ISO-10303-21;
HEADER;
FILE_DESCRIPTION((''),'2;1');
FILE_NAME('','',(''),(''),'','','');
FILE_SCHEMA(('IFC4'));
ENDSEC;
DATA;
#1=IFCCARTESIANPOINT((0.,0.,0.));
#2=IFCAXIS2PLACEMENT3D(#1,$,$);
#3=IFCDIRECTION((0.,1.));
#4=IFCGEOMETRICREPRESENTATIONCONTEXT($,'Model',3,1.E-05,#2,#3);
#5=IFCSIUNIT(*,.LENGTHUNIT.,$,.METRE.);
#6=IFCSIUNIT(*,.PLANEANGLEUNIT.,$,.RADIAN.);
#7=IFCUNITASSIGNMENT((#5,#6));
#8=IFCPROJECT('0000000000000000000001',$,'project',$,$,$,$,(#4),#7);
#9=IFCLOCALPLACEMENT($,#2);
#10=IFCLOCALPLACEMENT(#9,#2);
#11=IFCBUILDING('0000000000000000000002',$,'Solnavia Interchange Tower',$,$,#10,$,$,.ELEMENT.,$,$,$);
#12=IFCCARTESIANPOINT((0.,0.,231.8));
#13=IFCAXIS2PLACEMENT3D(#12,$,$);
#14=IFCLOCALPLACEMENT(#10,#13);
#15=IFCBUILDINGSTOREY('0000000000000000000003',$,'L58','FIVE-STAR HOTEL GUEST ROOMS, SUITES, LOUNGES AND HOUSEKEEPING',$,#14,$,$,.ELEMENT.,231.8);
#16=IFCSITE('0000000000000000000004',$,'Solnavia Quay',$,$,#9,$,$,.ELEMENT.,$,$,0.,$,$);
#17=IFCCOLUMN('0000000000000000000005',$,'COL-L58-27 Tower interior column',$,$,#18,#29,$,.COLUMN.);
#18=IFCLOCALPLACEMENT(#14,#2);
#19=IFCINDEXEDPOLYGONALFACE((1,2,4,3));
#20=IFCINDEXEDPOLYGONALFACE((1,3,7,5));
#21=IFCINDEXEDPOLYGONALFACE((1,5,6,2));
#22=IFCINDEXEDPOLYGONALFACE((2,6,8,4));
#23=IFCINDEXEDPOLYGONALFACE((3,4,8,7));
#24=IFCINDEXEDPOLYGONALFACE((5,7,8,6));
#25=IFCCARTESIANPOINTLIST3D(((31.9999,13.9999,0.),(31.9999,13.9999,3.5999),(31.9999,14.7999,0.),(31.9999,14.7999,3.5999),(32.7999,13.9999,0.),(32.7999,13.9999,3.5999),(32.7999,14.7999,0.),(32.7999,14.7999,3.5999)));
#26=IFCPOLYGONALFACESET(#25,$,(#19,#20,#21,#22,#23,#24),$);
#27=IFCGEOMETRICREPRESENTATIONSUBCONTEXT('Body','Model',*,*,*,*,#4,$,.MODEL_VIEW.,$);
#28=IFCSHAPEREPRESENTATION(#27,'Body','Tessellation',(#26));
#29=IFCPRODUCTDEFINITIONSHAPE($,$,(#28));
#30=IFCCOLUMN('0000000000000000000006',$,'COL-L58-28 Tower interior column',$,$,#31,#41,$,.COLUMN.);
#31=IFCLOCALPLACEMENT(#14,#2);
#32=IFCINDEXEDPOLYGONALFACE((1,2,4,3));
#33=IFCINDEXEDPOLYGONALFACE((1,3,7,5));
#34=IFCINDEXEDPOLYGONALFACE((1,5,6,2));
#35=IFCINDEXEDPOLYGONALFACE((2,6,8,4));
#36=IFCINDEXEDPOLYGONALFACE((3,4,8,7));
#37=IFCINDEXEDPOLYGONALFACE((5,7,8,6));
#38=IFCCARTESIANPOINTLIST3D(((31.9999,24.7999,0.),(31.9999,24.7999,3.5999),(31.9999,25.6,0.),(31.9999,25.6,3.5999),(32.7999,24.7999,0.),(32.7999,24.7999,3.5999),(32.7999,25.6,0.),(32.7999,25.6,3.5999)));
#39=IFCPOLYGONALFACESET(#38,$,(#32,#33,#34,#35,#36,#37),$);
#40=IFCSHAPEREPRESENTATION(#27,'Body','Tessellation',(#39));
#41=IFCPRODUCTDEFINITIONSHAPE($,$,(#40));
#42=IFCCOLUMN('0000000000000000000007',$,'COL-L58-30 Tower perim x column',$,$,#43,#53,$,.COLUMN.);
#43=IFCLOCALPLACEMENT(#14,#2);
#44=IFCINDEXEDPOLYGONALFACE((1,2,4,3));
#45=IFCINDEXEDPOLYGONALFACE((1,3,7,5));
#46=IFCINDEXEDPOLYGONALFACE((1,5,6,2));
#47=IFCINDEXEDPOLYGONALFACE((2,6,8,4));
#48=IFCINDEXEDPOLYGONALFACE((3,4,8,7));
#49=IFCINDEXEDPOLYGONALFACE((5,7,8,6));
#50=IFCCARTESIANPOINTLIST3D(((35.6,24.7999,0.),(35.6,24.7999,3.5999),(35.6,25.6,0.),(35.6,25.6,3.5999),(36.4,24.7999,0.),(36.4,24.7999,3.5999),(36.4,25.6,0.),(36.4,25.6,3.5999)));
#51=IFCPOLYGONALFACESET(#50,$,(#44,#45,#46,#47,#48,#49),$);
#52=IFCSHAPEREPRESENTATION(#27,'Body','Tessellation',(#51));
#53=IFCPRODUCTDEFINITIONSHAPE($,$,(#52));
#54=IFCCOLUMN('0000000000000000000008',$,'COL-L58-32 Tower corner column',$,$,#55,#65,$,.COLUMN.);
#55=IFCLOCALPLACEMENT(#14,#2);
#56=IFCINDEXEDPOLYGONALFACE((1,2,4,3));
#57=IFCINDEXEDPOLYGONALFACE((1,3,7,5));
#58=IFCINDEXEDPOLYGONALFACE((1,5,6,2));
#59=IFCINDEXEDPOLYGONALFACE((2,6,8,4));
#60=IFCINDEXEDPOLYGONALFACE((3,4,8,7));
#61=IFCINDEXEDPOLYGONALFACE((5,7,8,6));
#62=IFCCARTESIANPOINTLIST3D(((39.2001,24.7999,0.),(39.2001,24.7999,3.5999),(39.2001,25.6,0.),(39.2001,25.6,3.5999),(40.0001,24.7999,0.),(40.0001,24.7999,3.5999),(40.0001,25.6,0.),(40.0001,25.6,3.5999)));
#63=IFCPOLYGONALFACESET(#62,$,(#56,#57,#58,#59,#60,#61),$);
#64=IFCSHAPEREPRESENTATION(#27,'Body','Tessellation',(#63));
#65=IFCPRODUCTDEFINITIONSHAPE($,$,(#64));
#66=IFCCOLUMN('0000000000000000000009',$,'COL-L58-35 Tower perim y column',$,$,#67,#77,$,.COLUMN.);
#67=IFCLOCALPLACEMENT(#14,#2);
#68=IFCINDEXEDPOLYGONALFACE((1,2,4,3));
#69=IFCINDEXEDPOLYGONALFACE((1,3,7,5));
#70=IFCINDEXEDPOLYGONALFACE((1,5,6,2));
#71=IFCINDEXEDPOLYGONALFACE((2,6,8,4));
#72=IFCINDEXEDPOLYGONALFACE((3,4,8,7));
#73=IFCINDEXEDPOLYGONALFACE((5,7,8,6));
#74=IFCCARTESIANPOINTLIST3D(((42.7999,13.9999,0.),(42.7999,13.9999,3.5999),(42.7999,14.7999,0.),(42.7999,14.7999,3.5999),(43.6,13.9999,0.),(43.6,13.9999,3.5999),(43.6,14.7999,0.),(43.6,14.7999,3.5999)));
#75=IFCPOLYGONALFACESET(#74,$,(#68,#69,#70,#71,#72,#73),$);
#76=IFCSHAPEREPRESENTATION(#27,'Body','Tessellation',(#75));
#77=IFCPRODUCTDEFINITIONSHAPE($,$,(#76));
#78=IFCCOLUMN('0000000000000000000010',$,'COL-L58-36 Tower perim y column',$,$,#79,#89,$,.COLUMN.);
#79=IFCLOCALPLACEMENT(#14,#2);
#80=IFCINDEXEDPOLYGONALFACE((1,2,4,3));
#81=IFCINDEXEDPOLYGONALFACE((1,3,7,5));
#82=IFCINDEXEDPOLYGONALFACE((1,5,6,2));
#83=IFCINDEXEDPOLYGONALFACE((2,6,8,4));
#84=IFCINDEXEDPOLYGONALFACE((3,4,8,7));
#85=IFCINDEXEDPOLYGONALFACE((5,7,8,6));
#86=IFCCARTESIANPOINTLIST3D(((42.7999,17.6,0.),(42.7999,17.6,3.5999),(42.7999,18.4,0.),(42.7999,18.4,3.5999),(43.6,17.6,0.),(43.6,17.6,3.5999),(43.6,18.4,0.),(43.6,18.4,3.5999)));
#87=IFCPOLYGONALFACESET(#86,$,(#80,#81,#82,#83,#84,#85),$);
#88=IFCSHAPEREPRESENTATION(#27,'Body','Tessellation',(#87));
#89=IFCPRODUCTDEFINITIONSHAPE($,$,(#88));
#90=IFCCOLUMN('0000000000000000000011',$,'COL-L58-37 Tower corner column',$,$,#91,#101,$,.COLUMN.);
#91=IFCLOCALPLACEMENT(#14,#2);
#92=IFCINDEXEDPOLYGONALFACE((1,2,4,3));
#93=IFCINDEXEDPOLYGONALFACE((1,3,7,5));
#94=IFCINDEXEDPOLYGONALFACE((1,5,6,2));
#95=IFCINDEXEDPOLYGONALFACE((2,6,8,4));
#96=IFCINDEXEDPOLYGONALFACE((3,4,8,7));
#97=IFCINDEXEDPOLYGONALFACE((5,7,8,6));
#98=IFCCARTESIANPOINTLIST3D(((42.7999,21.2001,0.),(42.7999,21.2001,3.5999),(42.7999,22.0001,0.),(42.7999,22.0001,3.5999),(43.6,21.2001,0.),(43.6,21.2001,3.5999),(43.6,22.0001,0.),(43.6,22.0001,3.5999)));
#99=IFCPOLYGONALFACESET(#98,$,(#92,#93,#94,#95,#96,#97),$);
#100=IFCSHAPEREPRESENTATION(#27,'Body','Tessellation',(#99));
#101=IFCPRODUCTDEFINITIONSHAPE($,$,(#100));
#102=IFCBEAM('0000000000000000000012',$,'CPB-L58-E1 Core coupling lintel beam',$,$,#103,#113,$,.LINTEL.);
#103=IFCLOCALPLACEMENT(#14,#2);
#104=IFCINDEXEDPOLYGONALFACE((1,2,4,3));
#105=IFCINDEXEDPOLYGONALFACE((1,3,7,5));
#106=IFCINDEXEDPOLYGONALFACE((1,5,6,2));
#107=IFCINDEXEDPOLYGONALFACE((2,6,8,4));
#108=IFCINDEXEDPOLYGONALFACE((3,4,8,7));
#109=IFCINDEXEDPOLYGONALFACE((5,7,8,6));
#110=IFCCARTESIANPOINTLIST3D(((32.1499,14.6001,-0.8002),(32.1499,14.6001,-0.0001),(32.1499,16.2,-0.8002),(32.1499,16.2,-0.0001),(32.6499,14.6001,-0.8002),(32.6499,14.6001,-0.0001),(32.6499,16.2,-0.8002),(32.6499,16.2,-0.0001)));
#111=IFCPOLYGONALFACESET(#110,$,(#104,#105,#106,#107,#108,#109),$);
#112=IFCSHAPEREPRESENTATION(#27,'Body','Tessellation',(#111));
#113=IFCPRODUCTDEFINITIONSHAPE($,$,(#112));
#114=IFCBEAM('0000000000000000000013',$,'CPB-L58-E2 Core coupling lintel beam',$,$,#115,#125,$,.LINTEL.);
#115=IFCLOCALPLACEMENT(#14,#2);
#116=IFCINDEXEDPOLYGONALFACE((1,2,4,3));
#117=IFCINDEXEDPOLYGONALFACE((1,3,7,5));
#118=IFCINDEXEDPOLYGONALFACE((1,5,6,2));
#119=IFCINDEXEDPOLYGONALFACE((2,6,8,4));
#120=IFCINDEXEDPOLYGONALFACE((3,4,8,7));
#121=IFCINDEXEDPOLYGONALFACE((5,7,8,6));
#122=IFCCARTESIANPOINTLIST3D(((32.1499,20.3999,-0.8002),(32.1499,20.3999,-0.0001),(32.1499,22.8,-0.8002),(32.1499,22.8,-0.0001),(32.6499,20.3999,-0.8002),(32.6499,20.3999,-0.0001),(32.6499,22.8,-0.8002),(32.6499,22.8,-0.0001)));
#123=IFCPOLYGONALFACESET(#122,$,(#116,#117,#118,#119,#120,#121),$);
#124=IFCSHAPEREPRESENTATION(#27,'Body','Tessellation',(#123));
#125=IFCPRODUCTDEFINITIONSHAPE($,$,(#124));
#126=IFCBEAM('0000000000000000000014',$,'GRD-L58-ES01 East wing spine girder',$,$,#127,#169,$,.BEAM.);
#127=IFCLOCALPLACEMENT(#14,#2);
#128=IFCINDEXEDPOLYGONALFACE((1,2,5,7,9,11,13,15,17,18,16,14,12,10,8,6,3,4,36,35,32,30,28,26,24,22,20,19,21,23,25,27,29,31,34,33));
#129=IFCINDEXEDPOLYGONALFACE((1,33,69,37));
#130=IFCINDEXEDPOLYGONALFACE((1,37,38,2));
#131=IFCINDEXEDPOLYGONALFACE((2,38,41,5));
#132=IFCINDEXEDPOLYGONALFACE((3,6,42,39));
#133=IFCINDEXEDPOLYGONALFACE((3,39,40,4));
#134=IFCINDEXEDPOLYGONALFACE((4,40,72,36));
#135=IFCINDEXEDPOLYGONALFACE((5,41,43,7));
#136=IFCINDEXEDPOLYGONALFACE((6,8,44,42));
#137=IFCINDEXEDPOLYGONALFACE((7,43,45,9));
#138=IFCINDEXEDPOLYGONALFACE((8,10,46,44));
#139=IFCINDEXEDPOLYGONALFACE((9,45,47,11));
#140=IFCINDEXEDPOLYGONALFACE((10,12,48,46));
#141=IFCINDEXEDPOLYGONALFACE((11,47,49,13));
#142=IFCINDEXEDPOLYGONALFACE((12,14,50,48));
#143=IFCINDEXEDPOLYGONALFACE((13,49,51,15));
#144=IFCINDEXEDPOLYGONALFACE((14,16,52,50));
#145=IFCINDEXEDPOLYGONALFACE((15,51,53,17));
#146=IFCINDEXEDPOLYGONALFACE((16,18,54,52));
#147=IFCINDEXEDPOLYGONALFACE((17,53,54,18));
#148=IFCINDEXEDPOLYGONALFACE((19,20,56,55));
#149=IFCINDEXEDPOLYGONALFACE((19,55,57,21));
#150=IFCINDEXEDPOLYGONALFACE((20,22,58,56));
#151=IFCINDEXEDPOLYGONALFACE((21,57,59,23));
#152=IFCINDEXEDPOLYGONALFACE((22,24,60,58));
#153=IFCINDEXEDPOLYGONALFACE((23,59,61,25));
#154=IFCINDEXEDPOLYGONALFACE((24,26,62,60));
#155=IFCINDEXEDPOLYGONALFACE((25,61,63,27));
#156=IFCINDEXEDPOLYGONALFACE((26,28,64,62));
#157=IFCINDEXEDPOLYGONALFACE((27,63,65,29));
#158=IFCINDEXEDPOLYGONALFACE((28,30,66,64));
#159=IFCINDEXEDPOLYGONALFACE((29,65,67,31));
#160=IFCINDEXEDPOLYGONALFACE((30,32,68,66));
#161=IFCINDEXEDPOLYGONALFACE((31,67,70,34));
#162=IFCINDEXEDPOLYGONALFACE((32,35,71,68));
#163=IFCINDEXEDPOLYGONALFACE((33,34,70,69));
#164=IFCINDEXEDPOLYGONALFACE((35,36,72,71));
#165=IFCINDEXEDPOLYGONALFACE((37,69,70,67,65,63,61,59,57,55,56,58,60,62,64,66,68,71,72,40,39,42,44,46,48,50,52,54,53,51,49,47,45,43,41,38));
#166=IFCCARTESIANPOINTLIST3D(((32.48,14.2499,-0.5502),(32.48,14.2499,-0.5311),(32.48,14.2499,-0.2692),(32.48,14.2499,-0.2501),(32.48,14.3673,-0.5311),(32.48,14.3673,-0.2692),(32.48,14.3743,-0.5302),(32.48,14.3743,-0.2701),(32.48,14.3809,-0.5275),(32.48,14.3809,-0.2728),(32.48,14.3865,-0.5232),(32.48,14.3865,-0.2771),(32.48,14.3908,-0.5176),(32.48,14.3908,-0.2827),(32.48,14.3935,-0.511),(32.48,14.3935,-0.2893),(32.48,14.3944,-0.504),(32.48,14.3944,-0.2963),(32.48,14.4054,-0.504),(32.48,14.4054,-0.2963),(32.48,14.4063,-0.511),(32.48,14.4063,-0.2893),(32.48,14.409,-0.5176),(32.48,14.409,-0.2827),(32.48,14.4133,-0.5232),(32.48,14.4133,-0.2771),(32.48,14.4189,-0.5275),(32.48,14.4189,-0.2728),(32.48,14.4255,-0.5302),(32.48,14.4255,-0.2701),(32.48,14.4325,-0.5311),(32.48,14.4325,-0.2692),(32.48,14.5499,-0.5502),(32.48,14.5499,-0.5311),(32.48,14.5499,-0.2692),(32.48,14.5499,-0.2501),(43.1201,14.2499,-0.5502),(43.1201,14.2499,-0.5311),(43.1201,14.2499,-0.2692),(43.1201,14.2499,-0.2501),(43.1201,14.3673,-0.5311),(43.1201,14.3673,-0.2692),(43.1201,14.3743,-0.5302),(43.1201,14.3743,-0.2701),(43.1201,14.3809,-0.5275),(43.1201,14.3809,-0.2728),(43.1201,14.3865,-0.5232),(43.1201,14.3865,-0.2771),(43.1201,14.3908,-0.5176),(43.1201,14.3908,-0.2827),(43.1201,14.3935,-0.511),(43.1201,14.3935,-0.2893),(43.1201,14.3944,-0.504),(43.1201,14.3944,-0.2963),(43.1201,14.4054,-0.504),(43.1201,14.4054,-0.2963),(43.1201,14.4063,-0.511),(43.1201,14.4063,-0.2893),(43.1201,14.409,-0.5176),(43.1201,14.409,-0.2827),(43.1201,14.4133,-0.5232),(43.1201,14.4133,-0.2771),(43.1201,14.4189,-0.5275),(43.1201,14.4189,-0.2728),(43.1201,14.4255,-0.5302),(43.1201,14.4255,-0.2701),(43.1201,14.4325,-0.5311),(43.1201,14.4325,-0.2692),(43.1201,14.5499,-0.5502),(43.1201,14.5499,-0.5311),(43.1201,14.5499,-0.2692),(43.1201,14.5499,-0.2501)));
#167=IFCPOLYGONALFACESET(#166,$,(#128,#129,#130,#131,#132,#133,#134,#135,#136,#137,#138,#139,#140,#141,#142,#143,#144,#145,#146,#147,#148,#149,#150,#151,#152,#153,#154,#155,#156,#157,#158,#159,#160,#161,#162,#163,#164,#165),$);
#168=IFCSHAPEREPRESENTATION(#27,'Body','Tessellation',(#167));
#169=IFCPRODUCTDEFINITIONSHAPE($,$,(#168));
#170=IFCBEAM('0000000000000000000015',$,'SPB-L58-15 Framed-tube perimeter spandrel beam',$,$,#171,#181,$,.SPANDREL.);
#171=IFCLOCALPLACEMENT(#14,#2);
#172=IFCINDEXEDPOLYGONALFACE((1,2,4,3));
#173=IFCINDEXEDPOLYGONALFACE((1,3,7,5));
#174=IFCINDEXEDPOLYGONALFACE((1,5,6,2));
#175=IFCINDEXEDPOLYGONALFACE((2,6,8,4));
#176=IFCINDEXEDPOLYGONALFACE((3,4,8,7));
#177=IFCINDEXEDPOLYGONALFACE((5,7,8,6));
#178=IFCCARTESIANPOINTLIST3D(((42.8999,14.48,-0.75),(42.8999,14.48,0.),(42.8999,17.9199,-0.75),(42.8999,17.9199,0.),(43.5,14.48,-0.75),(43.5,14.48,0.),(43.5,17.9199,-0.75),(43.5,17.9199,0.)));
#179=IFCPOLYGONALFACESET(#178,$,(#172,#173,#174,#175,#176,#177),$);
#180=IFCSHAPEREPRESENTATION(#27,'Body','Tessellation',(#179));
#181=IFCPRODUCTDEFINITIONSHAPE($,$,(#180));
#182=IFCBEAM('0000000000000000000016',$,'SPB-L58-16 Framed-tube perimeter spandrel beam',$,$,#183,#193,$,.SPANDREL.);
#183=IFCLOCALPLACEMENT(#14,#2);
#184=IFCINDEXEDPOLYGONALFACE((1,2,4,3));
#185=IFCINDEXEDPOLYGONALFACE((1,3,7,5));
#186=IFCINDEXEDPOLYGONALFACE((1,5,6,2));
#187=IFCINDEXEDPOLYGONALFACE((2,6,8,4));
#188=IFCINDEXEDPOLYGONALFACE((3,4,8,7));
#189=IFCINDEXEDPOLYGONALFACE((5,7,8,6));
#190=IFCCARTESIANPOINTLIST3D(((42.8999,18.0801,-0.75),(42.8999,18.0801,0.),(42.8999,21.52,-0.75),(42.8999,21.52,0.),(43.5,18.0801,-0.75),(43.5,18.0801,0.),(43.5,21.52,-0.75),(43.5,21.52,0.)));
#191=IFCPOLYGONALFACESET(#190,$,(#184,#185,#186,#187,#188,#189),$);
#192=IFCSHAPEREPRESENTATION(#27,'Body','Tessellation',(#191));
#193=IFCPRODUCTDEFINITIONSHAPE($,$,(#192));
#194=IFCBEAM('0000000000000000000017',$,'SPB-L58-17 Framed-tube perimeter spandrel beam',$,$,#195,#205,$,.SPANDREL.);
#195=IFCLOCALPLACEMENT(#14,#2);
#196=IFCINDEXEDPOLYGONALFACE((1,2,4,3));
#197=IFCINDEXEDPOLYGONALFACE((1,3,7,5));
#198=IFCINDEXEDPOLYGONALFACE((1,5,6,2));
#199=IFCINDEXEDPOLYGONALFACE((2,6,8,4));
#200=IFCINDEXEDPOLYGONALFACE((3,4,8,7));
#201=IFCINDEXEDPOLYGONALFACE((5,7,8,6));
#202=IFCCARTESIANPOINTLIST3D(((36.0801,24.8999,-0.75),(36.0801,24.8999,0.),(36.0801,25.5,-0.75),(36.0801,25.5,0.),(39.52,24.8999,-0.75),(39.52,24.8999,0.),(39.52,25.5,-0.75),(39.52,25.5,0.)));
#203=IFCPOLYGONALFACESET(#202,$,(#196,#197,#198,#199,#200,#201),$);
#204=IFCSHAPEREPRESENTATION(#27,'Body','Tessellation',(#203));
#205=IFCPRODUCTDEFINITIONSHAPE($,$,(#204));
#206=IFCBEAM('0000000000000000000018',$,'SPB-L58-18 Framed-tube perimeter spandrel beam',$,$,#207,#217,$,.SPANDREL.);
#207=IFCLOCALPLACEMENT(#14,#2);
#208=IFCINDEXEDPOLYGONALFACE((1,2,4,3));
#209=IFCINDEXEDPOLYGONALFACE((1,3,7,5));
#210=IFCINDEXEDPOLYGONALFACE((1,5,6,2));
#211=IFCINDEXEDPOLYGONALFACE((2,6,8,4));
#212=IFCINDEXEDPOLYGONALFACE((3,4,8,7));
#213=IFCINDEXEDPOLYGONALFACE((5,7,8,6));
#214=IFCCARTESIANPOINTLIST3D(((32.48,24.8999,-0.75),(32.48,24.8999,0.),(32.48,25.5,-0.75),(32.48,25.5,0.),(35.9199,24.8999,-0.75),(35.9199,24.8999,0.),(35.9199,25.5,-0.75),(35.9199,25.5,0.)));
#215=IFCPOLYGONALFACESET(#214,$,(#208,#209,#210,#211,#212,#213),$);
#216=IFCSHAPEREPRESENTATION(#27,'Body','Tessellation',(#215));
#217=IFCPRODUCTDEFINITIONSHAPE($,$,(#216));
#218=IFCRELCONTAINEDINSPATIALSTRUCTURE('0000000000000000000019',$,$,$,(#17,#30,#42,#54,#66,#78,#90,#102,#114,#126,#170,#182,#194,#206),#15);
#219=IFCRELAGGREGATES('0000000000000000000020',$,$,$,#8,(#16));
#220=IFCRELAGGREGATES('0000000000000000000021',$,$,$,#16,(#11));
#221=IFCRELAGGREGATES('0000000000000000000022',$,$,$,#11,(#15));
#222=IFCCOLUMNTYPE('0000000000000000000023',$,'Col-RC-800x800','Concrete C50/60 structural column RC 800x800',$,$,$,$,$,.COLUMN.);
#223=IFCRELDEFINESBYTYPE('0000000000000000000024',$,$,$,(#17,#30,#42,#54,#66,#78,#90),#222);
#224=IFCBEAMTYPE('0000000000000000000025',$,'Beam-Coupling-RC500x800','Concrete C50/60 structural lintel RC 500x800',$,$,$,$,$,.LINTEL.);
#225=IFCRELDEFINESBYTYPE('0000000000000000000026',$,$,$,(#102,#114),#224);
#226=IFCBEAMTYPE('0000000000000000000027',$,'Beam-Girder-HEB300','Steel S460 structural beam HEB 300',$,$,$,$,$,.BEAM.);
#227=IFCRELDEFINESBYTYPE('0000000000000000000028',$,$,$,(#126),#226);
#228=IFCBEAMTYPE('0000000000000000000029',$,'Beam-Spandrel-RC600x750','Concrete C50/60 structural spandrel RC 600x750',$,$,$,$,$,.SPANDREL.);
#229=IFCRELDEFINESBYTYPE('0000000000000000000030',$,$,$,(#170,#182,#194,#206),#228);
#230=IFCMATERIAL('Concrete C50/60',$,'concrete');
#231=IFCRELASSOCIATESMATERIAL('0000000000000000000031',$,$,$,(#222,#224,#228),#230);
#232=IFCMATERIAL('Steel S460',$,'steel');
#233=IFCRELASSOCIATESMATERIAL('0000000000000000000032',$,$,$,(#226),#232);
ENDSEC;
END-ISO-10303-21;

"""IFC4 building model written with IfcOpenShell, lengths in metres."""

from ifc_helpers import new_model, si_unit, direction, frame, origin, origin_2d, place, context, subcontext, project, spatial, rectangle, i_section, extrude, material, material_profile, profile_set, type_object, element, save


model = new_model("IFC4")

# Units and contexts
model_context = context("Model", 3, precision=1e-05, world=origin(), true_north=direction((0.0, 1.0)))
body_context = subcontext(model_context, "Body", "Model", "MODEL_VIEW")
ifc_project = project(units=[si_unit("LENGTHUNIT", "METRE"), si_unit("PLANEANGLEUNIT", "RADIAN")], contexts=[model_context])

# Site, building, storey
site_placement = place(None, origin())
site = spatial("IfcSite", under=ifc_project, at=site_placement, Name="Solnavia Quay", CompositionType="ELEMENT", RefElevation=0.0)
building_placement = place(site_placement, origin())
building = spatial("IfcBuilding", under=site, at=building_placement, Name="Solnavia Interchange Tower", CompositionType="ELEMENT")
storey_placement = place(building_placement, frame((0.0, 0.0, 231.8)))
storey = spatial("IfcBuildingStorey", under=building, at=storey_placement, Name="L58", Description="FIVE-STAR HOTEL GUEST ROOMS, SUITES, LOUNGES AND HOUSEKEEPING", CompositionType="ELEMENT", Elevation=231.8)

# Columns
ifc_material_1 = material(Name="Concrete C50/60", Category="concrete")
ifc_material_profile_1 = material_profile(ifc_material_1, rectangle(XDim=0.8, YDim=0.8, at=origin_2d()), Name="RC 800x800")
ifc_profile_set_1 = profile_set([ifc_material_profile_1], Name="Concrete C50/60")
column_type = type_object("IfcColumnType", Name="Col-RC-800x800", Description="Concrete C50/60 structural column RC 800x800", PredefinedType="COLUMN", material=ifc_profile_set_1)
for number, where, z_axis, x_axis, name in (
    (1, (32.3999, 14.3999, 0.0), (0.0, 0.0, 1.0), (1.0, 0.0, 0.0), "COL-L58-27 Tower interior column"),
    (2, (32.3999, 25.2, 0.0), (0.0, 0.0, 1.0), (1.0, 0.0, 0.0), "COL-L58-28 Tower interior column"),
    (3, (36.0, 25.2, 0.0), (0.0, 0.0, 1.0), (1.0, 0.0, 0.0), "COL-L58-30 Tower perim x column"),
    (4, (39.6001, 25.2, 0.0), (0.0, 0.0, 1.0), (1.0, 0.0, 0.0), "COL-L58-32 Tower corner column"),
    (5, (43.2, 14.3999, 0.0), (0.0, 0.0, 1.0), (0.0, 1.0, 0.0), "COL-L58-35 Tower perim y column"),
    (6, (43.2, 18.0, 0.0), (0.0, 0.0, 1.0), (0.0, 1.0, 0.0), "COL-L58-36 Tower perim y column"),
    (7, (43.2, 21.6001, 0.0), (0.0, 0.0, 1.0), (0.0, 1.0, 0.0), "COL-L58-37 Tower corner column"),
):
    element("IfcColumn", number, at=place(storey_placement, frame(where, z_axis=z_axis, x_axis=x_axis)), inside=storey, type_object=column_type, Name=name, PredefinedType="COLUMN", context=body_context, shape_type="SweptSolid", body=[
        extrude(rectangle(XDim=0.8, YDim=0.8, at=origin_2d()), origin(), (0.0, 0.0, 1.0), 3.5999),
    ])

# Beams
ifc_material_profile_2 = material_profile(ifc_material_1, rectangle(XDim=0.5, YDim=0.8, at=origin_2d()), Name="RC 500x800")
ifc_profile_set_2 = profile_set([ifc_material_profile_2], Name="Concrete C50/60")
beam_type_1 = type_object("IfcBeamType", Name="Beam-Coupling-RC500x800", Description="Concrete C50/60 structural lintel RC 500x800", PredefinedType="LINTEL", material=ifc_profile_set_2)
beam_1_placement = place(storey_placement, frame((32.3999, 14.6001, -0.4001), z_axis=(0.0, 1.0, 0.0), x_axis=(-1.0, 0.0, 0.0)))
element("IfcBeam", 8, at=beam_1_placement, inside=storey, type_object=beam_type_1, Name="CPB-L58-E1 Core coupling lintel beam", PredefinedType="LINTEL", context=body_context, shape_type="SweptSolid", body=[
    extrude(rectangle(XDim=0.5, YDim=0.8, at=origin_2d()), origin(), (0.0, 0.0, 1.0), 1.5999),
])
beam_2_placement = place(storey_placement, frame((32.3999, 20.3999, -0.4001), z_axis=(0.0, 1.0, 0.0), x_axis=(-1.0, 0.0, 0.0)))
element("IfcBeam", 9, at=beam_2_placement, inside=storey, type_object=beam_type_1, Name="CPB-L58-E2 Core coupling lintel beam", PredefinedType="LINTEL", context=body_context, shape_type="SweptSolid", body=[
    extrude(rectangle(XDim=0.5, YDim=0.8, at=origin_2d()), origin(), (0.0, 0.0, 1.0), 2.4001),
])
ifc_material_2 = material(Name="Steel S460", Category="steel")
ifc_material_profile_3 = material_profile(ifc_material_2, i_section(OverallWidth=0.3, OverallDepth=0.3, WebThickness=0.011, FlangeThickness=0.019, FilletRadius=0.0271, at=origin_2d()), Name="HEB 300")
ifc_profile_set_3 = profile_set([ifc_material_profile_3], Name="Steel S460")
beam_type_2 = type_object("IfcBeamType", Name="Beam-Girder-HEB300", Description="Steel S460 structural beam HEB 300", PredefinedType="BEAM", material=ifc_profile_set_3)
beam_3_placement = place(storey_placement, frame((32.48, 14.3999, -0.4001), z_axis=(1.0, 0.0, 0.0), x_axis=(0.0, 1.0, 0.0)))
element("IfcBeam", 10, at=beam_3_placement, inside=storey, type_object=beam_type_2, Name="GRD-L58-ES01 East wing spine girder", PredefinedType="BEAM", context=body_context, shape_type="SweptSolid", body=[
    extrude(i_section(OverallWidth=0.3, OverallDepth=0.3, WebThickness=0.011, FlangeThickness=0.019, FilletRadius=0.0271, at=origin_2d()), origin(), (0.0, 0.0, 1.0), 10.6401),
])
ifc_material_profile_4 = material_profile(ifc_material_1, rectangle(XDim=0.6001, YDim=0.75, at=origin_2d()), Name="RC 600x750")
ifc_profile_set_4 = profile_set([ifc_material_profile_4], Name="Concrete C50/60")
beam_type_3 = type_object("IfcBeamType", Name="Beam-Spandrel-RC600x750", Description="Concrete C50/60 structural spandrel RC 600x750", PredefinedType="SPANDREL", material=ifc_profile_set_4)
for number, where, z_axis, x_axis, name in (
    (11, (43.2, 14.48, -0.375), (0.0, 1.0, 0.0), (-1.0, 0.0, 0.0), "SPB-L58-15 Framed-tube perimeter spandrel beam"),
    (12, (43.2, 18.0801, -0.375), (0.0, 1.0, 0.0), (-1.0, 0.0, 0.0), "SPB-L58-16 Framed-tube perimeter spandrel beam"),
    (13, (39.52, 25.2, -0.375), (-1.0, 0.0, 0.0), (0.0, -1.0, 0.0), "SPB-L58-17 Framed-tube perimeter spandrel beam"),
    (14, (35.9199, 25.2, -0.375), (-1.0, 0.0, 0.0), (0.0, -1.0, 0.0), "SPB-L58-18 Framed-tube perimeter spandrel beam"),
):
    element("IfcBeam", number, at=place(storey_placement, frame(where, z_axis=z_axis, x_axis=x_axis)), inside=storey, type_object=beam_type_3, Name=name, PredefinedType="SPANDREL", context=body_context, shape_type="SweptSolid", body=[
        extrude(rectangle(XDim=0.6001, YDim=0.75, at=origin_2d()), origin(), (0.0, 0.0, 1.0), 3.4399),
    ])

save(model, "model.ifc")
